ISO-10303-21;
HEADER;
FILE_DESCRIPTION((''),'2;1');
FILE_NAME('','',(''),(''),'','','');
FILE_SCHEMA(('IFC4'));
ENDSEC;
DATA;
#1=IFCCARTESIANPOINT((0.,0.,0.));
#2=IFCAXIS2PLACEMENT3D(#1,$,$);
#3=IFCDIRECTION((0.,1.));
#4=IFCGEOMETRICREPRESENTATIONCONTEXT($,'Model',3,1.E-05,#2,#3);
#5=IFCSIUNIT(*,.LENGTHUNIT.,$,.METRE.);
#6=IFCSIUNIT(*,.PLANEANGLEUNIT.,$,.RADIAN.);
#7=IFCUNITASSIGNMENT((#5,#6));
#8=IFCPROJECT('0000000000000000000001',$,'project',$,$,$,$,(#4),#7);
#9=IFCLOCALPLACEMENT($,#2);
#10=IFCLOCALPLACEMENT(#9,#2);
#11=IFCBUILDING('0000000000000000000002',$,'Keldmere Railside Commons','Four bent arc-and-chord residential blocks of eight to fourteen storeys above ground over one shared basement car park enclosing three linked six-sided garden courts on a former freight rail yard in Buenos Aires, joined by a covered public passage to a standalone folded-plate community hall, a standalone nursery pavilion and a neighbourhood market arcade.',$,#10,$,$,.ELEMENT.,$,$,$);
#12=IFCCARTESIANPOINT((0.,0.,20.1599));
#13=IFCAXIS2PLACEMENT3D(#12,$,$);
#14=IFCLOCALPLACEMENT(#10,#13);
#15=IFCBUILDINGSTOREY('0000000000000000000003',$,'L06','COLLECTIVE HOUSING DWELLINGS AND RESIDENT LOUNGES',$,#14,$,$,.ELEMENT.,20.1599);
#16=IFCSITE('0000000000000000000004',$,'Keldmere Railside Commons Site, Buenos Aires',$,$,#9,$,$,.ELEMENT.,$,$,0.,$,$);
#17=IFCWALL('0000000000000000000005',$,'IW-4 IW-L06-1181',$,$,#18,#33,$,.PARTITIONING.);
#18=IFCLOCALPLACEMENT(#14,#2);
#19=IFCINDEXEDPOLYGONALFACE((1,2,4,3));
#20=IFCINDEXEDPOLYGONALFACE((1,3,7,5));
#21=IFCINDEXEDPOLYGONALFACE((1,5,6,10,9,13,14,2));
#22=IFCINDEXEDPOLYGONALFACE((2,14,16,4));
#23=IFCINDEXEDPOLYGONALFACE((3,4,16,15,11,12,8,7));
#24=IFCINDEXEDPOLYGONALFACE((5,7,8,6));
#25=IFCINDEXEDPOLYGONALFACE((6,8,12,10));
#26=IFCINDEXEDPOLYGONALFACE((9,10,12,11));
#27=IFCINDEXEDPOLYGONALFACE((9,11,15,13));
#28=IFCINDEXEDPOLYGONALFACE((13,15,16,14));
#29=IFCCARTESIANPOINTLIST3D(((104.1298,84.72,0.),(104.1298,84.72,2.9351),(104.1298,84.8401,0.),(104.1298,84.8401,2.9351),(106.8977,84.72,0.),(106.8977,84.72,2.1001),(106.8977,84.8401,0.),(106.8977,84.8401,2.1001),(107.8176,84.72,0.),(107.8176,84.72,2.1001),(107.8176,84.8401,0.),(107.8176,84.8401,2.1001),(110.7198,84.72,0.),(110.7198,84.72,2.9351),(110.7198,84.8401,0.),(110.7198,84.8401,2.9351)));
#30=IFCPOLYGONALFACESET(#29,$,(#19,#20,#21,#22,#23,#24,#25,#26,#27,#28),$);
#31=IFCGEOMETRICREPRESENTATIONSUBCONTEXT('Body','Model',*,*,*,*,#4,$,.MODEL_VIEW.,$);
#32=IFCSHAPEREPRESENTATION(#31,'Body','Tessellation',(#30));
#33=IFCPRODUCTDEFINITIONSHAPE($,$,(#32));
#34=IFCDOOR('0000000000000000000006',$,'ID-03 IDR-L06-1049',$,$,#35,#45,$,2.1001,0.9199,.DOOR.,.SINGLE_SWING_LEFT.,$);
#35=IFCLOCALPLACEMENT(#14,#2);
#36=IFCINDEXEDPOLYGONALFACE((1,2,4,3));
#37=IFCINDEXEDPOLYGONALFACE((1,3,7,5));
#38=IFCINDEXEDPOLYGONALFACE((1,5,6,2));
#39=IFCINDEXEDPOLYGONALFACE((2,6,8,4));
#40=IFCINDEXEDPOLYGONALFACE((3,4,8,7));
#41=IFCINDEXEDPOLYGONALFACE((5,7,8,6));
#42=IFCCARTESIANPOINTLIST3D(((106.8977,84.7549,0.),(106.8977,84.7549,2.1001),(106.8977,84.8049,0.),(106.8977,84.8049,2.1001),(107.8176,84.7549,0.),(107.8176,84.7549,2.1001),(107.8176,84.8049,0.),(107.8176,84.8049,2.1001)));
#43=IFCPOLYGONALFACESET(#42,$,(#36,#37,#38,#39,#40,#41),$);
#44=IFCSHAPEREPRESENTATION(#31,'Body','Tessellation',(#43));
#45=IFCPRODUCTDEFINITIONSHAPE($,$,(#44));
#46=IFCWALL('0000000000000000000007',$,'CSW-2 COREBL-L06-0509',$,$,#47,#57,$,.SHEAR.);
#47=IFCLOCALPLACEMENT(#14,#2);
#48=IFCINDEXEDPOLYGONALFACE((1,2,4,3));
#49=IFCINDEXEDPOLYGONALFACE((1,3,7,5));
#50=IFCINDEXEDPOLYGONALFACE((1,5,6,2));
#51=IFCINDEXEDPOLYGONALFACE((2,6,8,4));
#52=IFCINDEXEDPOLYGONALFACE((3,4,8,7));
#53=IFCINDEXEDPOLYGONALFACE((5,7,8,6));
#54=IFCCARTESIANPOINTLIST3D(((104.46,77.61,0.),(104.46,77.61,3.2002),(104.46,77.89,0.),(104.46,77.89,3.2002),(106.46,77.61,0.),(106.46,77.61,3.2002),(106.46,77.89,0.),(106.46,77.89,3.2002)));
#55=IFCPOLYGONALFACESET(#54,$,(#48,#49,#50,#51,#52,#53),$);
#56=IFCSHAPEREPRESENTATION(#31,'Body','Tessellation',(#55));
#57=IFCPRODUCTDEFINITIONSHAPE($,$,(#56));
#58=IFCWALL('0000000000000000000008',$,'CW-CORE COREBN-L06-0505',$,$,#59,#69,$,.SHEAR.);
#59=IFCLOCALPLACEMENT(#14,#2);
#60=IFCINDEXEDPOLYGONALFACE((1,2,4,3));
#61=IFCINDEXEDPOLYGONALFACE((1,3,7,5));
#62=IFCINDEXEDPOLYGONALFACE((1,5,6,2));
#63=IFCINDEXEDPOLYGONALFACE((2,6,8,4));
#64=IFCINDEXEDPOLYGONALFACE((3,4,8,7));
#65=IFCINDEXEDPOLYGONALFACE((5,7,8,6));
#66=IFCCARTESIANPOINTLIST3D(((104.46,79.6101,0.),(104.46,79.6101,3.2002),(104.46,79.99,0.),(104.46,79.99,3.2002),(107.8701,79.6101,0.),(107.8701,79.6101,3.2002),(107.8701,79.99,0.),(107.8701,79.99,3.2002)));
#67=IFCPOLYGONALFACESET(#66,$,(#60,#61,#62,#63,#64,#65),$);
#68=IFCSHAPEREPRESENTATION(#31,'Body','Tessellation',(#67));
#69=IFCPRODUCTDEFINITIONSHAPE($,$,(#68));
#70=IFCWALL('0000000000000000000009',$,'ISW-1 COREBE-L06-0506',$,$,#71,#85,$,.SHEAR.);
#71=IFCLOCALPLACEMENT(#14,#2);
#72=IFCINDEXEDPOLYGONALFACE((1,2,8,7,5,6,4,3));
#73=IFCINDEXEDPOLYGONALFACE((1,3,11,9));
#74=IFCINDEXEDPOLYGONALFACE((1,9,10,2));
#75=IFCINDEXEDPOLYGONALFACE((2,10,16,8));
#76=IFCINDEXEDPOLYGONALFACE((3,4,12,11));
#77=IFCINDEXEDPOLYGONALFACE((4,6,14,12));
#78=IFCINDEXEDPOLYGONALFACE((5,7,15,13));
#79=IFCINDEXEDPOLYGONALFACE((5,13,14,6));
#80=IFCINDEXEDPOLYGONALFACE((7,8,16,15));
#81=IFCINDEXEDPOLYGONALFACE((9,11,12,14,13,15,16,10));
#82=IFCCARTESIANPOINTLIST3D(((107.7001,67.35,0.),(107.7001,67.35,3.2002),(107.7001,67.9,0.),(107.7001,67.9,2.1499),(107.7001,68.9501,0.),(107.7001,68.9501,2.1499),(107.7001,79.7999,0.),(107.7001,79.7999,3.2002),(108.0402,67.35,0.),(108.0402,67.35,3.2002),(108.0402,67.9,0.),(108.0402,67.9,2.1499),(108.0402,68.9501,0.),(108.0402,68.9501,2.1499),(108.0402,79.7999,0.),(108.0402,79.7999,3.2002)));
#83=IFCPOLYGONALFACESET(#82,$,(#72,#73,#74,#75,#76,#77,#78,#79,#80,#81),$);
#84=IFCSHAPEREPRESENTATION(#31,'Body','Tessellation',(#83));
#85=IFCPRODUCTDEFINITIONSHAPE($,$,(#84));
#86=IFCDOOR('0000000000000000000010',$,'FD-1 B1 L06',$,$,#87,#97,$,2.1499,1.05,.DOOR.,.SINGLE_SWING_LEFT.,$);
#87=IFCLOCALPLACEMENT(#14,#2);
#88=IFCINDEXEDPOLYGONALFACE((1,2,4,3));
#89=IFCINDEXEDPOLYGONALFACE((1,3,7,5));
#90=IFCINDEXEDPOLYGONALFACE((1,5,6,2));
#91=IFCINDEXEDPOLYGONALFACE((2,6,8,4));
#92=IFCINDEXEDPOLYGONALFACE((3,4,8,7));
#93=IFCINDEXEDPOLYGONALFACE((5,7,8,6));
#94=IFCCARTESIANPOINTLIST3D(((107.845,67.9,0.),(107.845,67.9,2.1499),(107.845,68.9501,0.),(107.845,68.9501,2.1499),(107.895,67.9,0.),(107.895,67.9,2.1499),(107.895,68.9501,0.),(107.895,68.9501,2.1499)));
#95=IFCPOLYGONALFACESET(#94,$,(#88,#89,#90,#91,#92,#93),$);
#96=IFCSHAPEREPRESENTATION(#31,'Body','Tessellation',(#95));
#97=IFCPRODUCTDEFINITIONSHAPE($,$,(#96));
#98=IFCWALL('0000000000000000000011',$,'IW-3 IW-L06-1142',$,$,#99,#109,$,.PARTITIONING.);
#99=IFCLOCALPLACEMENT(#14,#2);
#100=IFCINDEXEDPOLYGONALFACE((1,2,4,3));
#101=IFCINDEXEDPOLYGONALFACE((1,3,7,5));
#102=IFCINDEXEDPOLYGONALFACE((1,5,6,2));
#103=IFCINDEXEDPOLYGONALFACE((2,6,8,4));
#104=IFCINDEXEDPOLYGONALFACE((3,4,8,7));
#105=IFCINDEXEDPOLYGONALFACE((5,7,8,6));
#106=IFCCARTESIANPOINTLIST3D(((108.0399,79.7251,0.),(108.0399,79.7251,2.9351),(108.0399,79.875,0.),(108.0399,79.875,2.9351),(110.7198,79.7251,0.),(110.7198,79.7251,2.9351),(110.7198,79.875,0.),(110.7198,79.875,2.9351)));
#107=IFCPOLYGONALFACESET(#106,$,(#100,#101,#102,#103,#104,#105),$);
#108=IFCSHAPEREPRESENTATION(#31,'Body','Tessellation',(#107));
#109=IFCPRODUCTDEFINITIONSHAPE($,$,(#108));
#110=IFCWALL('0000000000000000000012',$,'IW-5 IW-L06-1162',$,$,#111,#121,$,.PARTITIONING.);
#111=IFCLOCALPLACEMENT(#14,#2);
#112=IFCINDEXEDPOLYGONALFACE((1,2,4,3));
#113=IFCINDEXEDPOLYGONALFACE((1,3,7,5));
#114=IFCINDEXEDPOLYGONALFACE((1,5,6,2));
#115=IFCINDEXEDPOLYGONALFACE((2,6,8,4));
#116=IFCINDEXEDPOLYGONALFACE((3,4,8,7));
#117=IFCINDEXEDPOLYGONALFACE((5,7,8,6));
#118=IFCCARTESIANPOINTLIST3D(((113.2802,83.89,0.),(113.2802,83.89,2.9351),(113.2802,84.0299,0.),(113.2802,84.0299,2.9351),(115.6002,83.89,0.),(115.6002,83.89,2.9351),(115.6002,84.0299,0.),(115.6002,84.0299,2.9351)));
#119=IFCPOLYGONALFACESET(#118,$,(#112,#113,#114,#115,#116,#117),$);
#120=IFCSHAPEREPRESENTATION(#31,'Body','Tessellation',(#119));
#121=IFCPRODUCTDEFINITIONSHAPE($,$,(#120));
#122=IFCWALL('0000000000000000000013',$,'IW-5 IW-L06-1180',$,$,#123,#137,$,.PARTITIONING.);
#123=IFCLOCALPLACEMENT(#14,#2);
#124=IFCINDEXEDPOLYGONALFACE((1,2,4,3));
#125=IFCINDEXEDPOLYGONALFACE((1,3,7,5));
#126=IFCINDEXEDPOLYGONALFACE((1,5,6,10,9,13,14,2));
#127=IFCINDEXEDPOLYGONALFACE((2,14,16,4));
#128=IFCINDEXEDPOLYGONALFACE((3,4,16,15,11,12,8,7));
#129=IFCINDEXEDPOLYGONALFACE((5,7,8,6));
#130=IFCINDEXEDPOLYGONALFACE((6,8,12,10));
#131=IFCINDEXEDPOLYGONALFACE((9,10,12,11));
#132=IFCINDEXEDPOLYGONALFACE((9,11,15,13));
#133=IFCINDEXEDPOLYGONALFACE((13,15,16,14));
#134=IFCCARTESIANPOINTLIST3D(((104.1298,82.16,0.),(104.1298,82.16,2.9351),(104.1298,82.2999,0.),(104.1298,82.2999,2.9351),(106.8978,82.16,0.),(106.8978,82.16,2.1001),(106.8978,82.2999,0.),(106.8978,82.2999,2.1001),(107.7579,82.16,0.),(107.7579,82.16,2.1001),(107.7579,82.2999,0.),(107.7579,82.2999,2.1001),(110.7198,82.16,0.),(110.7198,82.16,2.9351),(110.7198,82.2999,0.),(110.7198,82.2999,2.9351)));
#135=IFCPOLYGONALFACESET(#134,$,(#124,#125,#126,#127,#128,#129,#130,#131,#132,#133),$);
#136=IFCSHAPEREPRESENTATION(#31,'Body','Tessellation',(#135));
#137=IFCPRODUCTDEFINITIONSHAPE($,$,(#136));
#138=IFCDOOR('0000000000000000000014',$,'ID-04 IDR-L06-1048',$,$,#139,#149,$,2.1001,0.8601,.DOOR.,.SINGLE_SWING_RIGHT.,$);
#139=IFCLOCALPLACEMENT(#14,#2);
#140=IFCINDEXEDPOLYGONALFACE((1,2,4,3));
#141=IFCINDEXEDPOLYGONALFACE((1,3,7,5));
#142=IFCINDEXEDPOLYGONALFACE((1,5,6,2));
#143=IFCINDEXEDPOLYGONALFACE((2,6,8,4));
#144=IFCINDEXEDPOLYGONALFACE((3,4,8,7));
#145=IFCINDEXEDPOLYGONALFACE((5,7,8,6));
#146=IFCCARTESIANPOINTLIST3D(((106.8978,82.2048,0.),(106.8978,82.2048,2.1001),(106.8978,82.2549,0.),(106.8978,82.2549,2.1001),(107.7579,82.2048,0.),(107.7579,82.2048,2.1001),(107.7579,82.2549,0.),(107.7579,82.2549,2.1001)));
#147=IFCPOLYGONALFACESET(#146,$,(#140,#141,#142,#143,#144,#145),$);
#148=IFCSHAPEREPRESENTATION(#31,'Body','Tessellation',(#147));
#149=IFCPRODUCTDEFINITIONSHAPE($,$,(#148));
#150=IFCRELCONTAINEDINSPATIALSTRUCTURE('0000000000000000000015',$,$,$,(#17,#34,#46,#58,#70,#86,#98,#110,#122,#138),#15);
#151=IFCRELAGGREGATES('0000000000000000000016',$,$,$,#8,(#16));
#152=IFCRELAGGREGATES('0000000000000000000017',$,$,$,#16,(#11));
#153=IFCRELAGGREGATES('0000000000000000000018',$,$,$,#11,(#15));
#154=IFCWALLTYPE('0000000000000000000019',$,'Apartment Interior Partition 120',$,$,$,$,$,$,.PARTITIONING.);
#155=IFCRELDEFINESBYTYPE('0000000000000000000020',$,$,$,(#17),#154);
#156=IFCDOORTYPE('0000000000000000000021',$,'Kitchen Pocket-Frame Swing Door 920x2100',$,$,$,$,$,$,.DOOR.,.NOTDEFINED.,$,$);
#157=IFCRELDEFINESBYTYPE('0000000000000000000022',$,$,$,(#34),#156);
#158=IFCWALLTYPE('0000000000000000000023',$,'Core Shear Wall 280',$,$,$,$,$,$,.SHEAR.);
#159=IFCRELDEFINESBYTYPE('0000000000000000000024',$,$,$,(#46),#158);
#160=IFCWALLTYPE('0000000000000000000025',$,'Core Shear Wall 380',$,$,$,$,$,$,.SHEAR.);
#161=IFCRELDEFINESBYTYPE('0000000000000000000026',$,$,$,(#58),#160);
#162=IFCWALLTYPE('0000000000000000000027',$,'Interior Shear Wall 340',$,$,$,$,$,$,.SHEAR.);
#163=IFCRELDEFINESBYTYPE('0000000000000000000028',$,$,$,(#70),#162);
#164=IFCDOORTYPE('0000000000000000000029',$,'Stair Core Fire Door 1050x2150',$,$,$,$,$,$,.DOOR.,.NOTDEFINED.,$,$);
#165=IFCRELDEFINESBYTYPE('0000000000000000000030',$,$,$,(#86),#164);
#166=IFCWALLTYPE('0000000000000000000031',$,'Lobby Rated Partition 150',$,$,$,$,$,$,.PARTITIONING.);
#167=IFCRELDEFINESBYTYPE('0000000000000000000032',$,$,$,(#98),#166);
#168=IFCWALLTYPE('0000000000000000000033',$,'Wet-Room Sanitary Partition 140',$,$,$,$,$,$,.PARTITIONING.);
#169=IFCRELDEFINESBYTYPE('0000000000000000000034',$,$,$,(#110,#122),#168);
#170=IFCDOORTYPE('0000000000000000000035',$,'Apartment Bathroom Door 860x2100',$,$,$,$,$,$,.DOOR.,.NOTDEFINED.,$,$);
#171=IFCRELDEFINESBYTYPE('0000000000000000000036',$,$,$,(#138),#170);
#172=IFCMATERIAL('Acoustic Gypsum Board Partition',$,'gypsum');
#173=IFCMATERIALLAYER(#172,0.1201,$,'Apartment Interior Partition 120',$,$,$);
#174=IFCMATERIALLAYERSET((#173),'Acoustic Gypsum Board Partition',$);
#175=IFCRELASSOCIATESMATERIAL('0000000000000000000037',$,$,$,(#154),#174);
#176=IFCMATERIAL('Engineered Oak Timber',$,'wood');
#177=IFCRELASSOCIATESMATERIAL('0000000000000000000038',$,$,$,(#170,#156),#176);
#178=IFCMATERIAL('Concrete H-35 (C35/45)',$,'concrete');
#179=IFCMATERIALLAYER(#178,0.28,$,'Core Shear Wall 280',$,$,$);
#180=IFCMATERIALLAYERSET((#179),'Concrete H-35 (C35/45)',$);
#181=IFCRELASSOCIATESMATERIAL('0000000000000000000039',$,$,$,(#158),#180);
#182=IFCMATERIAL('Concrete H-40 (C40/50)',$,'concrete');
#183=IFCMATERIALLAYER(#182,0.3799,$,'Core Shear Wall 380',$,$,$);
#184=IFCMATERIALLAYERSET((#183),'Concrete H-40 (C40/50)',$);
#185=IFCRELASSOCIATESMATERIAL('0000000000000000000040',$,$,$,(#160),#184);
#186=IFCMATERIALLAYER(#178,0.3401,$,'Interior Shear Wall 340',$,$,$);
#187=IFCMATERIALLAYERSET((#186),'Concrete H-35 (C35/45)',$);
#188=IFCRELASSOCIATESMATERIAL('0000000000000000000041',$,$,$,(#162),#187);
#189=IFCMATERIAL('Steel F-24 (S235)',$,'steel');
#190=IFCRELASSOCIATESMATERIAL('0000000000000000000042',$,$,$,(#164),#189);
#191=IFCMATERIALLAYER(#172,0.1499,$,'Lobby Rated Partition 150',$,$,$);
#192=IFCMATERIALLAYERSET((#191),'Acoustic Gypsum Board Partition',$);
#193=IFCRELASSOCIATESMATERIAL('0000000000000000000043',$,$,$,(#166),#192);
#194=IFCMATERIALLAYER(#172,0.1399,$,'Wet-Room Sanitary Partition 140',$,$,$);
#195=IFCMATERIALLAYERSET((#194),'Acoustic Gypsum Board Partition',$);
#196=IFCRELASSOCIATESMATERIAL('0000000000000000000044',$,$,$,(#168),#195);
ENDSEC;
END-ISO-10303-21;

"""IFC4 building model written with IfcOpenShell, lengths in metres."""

from ifc_helpers import new_model, si_unit, direction, frame, frame_2d, origin, place, context, subcontext, project, spatial, rectangle, extrude, material, layer, layer_set, type_object, element, fill, save


model = new_model("IFC4")

# Units and contexts
model_context = context("Model", 3, precision=1e-05, world=origin(), true_north=direction((0.0, 1.0)))
body_context = subcontext(model_context, "Body", "Model", "MODEL_VIEW")
ifc_project = project(units=[si_unit("LENGTHUNIT", "METRE"), si_unit("PLANEANGLEUNIT", "RADIAN")], contexts=[model_context])

# Site, building, storey
site_placement = place(None, origin())
site = spatial("IfcSite", under=ifc_project, at=site_placement, Name="Keldmere Railside Commons Site, Buenos Aires", CompositionType="ELEMENT", RefElevation=0.0)
building_placement = place(site_placement, origin())
building = spatial("IfcBuilding", under=site, at=building_placement, Name="Keldmere Railside Commons", Description="Four bent arc-and-chord residential blocks of eight to fourteen storeys above ground over one shared basement car park enclosing three linked six-sided garden courts on a former freight rail yard in Buenos Aires, joined by a covered public passage to a standalone folded-plate community hall, a standalone nursery pavilion and a neighbourhood market arcade.", CompositionType="ELEMENT")
storey_placement = place(building_placement, frame((0.0, 0.0, 20.1599)))
storey = spatial("IfcBuildingStorey", under=building, at=storey_placement, Name="L06", Description="COLLECTIVE HOUSING DWELLINGS AND RESIDENT LOUNGES", CompositionType="ELEMENT", Elevation=20.1599)

# Shared definitions
ifc_material_1 = material(Name="Concrete H-35 (C35/45)", Category="concrete")

# Shared definitions
ifc_material_2 = material(Name="Acoustic Gypsum Board Partition", Category="gypsum")

# Shared definitions
ifc_layer_1 = layer(ifc_material_2, 0.1201, Name="Apartment Interior Partition 120")
ifc_layer_set_1 = layer_set([ifc_layer_1], Name="Acoustic Gypsum Board Partition")
wall_type_1 = type_object("IfcWallType", Name="Apartment Interior Partition 120", PredefinedType="PARTITIONING", material=ifc_layer_set_1)
ifc_material_3 = material(Name="Engineered Oak Timber", Category="wood")
door_type_1 = type_object("IfcDoorType", Name="Apartment Bathroom Door 860x2100", OperationType="NOTDEFINED", PredefinedType="DOOR", material=ifc_material_3)
door_type_2 = type_object("IfcDoorType", Name="Kitchen Pocket-Frame Swing Door 920x2100", OperationType="NOTDEFINED", PredefinedType="DOOR", material=ifc_material_3)

# Wall, opening, door
wall_1_placement = place(storey_placement, frame((104.1299, 84.78, 0.0), z_axis=(0.0, 0.0, 1.0), x_axis=(1.0, 0.0, 0.0)))
wall_1 = element("IfcWall", 1, at=wall_1_placement, inside=storey, type_object=wall_type_1, Name="IW-4 IW-L06-1181", PredefinedType="PARTITIONING", context=body_context, shape_type="SweptSolid", body=[
    extrude(rectangle(XDim=6.5901, YDim=0.1201, at=frame_2d((3.2949, 0.0))), origin(), (0.0, 0.0, 1.0), 2.9351),
])
opening_1_placement = place(wall_1_placement, frame((2.7678, 0.0, 0.0)))
opening_1 = element("IfcOpeningElement", 2, at=opening_1_placement, cuts=wall_1, PredefinedType="OPENING", context=body_context, shape_type="SweptSolid", body=[
    extrude(rectangle(XDim=0.9199, YDim=2.1001, at=frame_2d((0.46, 1.05))), frame((0.0, 0.0701, 0.0), z_axis=(0.0, -1.0, 0.0), x_axis=(1.0, 0.0, 0.0)), (0.0, 0.0, 1.0), 0.1401),
])
door_1_placement = place(opening_1_placement, origin())
door_1 = element("IfcDoor", 3, at=door_1_placement, inside=storey, type_object=door_type_2, Name="ID-03 IDR-L06-1049", OperationType="SINGLE_SWING_LEFT", OverallHeight=2.1001, OverallWidth=0.9199, PredefinedType="DOOR", context=body_context, shape_type="SweptSolid", body=[
    extrude(rectangle(XDim=0.9199, YDim=2.1001, at=frame_2d((0.46, 1.05))), frame((0.0, 0.0249, 0.0), z_axis=(0.0, -1.0, 0.0), x_axis=(1.0, 0.0, 0.0)), (0.0, 0.0, 1.0), 0.05),
])
fill(opening_1, door_1)

# Walls
ifc_layer_2 = layer(ifc_material_1, 0.28, Name="Core Shear Wall 280")
ifc_layer_set_2 = layer_set([ifc_layer_2], Name="Concrete H-35 (C35/45)")
wall_type_2 = type_object("IfcWallType", Name="Core Shear Wall 280", PredefinedType="SHEAR", material=ifc_layer_set_2)
wall_2_placement = place(storey_placement, frame((104.46, 77.75, 0.0), z_axis=(0.0, 0.0, 1.0), x_axis=(1.0, 0.0, 0.0)))
element("IfcWall", 4, at=wall_2_placement, inside=storey, type_object=wall_type_2, Name="CSW-2 COREBL-L06-0509", PredefinedType="SHEAR", context=body_context, shape_type="SweptSolid", body=[
    extrude(rectangle(XDim=2.0, YDim=0.28, at=frame_2d((1.0, 0.0))), origin(), (0.0, 0.0, 1.0), 3.2002),
])
ifc_material_4 = material(Name="Concrete H-40 (C40/50)", Category="concrete")
ifc_layer_3 = layer(ifc_material_4, 0.3799, Name="Core Shear Wall 380")
ifc_layer_set_3 = layer_set([ifc_layer_3], Name="Concrete H-40 (C40/50)")
wall_type_3 = type_object("IfcWallType", Name="Core Shear Wall 380", PredefinedType="SHEAR", material=ifc_layer_set_3)
wall_3_placement = place(storey_placement, frame((104.46, 79.8, 0.0), z_axis=(0.0, 0.0, 1.0), x_axis=(1.0, 0.0, 0.0)))
element("IfcWall", 5, at=wall_3_placement, inside=storey, type_object=wall_type_3, Name="CW-CORE COREBN-L06-0505", PredefinedType="SHEAR", context=body_context, shape_type="SweptSolid", body=[
    extrude(rectangle(XDim=3.4102, YDim=0.3799, at=frame_2d((1.7051, 0.0))), origin(), (0.0, 0.0, 1.0), 3.2002),
])

# Wall, opening, door
ifc_layer_4 = layer(ifc_material_1, 0.3401, Name="Interior Shear Wall 340")
ifc_layer_set_4 = layer_set([ifc_layer_4], Name="Concrete H-35 (C35/45)")
wall_type_4 = type_object("IfcWallType", Name="Interior Shear Wall 340", PredefinedType="SHEAR", material=ifc_layer_set_4)
wall_4_placement = place(storey_placement, frame((107.8701, 79.8, 0.0), z_axis=(0.0, 0.0, 1.0), x_axis=(0.0, -1.0, 0.0)))
wall_4 = element("IfcWall", 6, at=wall_4_placement, inside=storey, type_object=wall_type_4, Name="ISW-1 COREBE-L06-0506", PredefinedType="SHEAR", context=body_context, shape_type="SweptSolid", body=[
    extrude(rectangle(XDim=12.45, YDim=0.3401, at=frame_2d((6.2251, 0.0))), origin(), (0.0, 0.0, 1.0), 3.2002),
])
opening_2_placement = place(wall_4_placement, frame((10.8501, 0.0, 0.0)))
opening_2 = element("IfcOpeningElement", 7, at=opening_2_placement, cuts=wall_4, PredefinedType="OPENING", context=body_context, shape_type="SweptSolid", body=[
    extrude(rectangle(XDim=1.05, YDim=2.1499, at=frame_2d((0.5249, 1.075))), frame((0.0, 0.1799, 0.0), z_axis=(0.0, -1.0, 0.0), x_axis=(1.0, 0.0, 0.0)), (0.0, 0.0, 1.0), 0.3601),
])
ifc_material_5 = material(Name="Steel F-24 (S235)", Category="steel")
door_type_3 = type_object("IfcDoorType", Name="Stair Core Fire Door 1050x2150", OperationType="NOTDEFINED", PredefinedType="DOOR", material=ifc_material_5)
door_2_placement = place(opening_2_placement, origin())
door_2 = element("IfcDoor", 8, at=door_2_placement, inside=storey, type_object=door_type_3, Name="FD-1 B1 L06", OperationType="SINGLE_SWING_LEFT", OverallHeight=2.1499, OverallWidth=1.05, PredefinedType="DOOR", context=body_context, shape_type="SweptSolid", body=[
    extrude(rectangle(XDim=1.05, YDim=2.1499, at=frame_2d((0.5249, 1.075))), frame((0.0, 0.0249, 0.0), z_axis=(0.0, -1.0, 0.0), x_axis=(1.0, 0.0, 0.0)), (0.0, 0.0, 1.0), 0.05),
])
fill(opening_2, door_2)

# Walls
ifc_layer_5 = layer(ifc_material_2, 0.1499, Name="Lobby Rated Partition 150")
ifc_layer_set_5 = layer_set([ifc_layer_5], Name="Acoustic Gypsum Board Partition")
wall_type_5 = type_object("IfcWallType", Name="Lobby Rated Partition 150", PredefinedType="PARTITIONING", material=ifc_layer_set_5)
wall_5_placement = place(storey_placement, frame((108.04, 79.8, 0.0), z_axis=(0.0, 0.0, 1.0), x_axis=(1.0, 0.0, 0.0)))
element("IfcWall", 9, at=wall_5_placement, inside=storey, type_object=wall_type_5, Name="IW-3 IW-L06-1142", PredefinedType="PARTITIONING", context=body_context, shape_type="SweptSolid", body=[
    extrude(rectangle(XDim=2.6799, YDim=0.1499, at=frame_2d((1.3398, 0.0))), origin(), (0.0, 0.0, 1.0), 2.9351),
])
ifc_layer_6 = layer(ifc_material_2, 0.1399, Name="Wet-Room Sanitary Partition 140")
ifc_layer_set_6 = layer_set([ifc_layer_6], Name="Acoustic Gypsum Board Partition")
wall_type_6 = type_object("IfcWallType", Name="Wet-Room Sanitary Partition 140", PredefinedType="PARTITIONING", material=ifc_layer_set_6)
wall_6_placement = place(storey_placement, frame((113.28, 83.96, 0.0), z_axis=(0.0, 0.0, 1.0), x_axis=(1.0, 0.0, 0.0)))
element("IfcWall", 10, at=wall_6_placement, inside=storey, type_object=wall_type_6, Name="IW-5 IW-L06-1162", PredefinedType="PARTITIONING", context=body_context, shape_type="SweptSolid", body=[
    extrude(rectangle(XDim=2.3201, YDim=0.1399, at=frame_2d((1.1602, 0.0))), origin(), (0.0, 0.0, 1.0), 2.9351),
])

# Wall, opening, door
wall_7_placement = place(storey_placement, frame((104.1299, 82.23, 0.0), z_axis=(0.0, 0.0, 1.0), x_axis=(1.0, 0.0, 0.0)))
wall_7 = element("IfcWall", 11, at=wall_7_placement, inside=storey, type_object=wall_type_6, Name="IW-5 IW-L06-1180", PredefinedType="PARTITIONING", context=body_context, shape_type="SweptSolid", body=[
    extrude(rectangle(XDim=6.5901, YDim=0.1399, at=frame_2d((3.2949, 0.0))), origin(), (0.0, 0.0, 1.0), 2.9351),
])
opening_3_placement = place(wall_7_placement, frame((2.7678, 0.0, 0.0)))
opening_3 = element("IfcOpeningElement", 12, at=opening_3_placement, cuts=wall_7, PredefinedType="OPENING", context=body_context, shape_type="SweptSolid", body=[
    extrude(rectangle(XDim=0.8601, YDim=2.1001, at=frame_2d((0.4302, 1.05))), frame((0.0, 0.0798, 0.0), z_axis=(0.0, -1.0, 0.0), x_axis=(1.0, 0.0, 0.0)), (0.0, 0.0, 1.0), 0.1599),
])
door_3_placement = place(opening_3_placement, origin())
door_3 = element("IfcDoor", 13, at=door_3_placement, inside=storey, type_object=door_type_1, Name="ID-04 IDR-L06-1048", OperationType="SINGLE_SWING_RIGHT", OverallHeight=2.1001, OverallWidth=0.8601, PredefinedType="DOOR", context=body_context, shape_type="SweptSolid", body=[
    extrude(rectangle(XDim=0.8601, YDim=2.1001, at=frame_2d((0.4302, 1.05))), frame((0.0, 0.0249, 0.0), z_axis=(0.0, -1.0, 0.0), x_axis=(1.0, 0.0, 0.0)), (0.0, 0.0, 1.0), 0.05),
])
fill(opening_3, door_3)

save(model, "model.ifc")
